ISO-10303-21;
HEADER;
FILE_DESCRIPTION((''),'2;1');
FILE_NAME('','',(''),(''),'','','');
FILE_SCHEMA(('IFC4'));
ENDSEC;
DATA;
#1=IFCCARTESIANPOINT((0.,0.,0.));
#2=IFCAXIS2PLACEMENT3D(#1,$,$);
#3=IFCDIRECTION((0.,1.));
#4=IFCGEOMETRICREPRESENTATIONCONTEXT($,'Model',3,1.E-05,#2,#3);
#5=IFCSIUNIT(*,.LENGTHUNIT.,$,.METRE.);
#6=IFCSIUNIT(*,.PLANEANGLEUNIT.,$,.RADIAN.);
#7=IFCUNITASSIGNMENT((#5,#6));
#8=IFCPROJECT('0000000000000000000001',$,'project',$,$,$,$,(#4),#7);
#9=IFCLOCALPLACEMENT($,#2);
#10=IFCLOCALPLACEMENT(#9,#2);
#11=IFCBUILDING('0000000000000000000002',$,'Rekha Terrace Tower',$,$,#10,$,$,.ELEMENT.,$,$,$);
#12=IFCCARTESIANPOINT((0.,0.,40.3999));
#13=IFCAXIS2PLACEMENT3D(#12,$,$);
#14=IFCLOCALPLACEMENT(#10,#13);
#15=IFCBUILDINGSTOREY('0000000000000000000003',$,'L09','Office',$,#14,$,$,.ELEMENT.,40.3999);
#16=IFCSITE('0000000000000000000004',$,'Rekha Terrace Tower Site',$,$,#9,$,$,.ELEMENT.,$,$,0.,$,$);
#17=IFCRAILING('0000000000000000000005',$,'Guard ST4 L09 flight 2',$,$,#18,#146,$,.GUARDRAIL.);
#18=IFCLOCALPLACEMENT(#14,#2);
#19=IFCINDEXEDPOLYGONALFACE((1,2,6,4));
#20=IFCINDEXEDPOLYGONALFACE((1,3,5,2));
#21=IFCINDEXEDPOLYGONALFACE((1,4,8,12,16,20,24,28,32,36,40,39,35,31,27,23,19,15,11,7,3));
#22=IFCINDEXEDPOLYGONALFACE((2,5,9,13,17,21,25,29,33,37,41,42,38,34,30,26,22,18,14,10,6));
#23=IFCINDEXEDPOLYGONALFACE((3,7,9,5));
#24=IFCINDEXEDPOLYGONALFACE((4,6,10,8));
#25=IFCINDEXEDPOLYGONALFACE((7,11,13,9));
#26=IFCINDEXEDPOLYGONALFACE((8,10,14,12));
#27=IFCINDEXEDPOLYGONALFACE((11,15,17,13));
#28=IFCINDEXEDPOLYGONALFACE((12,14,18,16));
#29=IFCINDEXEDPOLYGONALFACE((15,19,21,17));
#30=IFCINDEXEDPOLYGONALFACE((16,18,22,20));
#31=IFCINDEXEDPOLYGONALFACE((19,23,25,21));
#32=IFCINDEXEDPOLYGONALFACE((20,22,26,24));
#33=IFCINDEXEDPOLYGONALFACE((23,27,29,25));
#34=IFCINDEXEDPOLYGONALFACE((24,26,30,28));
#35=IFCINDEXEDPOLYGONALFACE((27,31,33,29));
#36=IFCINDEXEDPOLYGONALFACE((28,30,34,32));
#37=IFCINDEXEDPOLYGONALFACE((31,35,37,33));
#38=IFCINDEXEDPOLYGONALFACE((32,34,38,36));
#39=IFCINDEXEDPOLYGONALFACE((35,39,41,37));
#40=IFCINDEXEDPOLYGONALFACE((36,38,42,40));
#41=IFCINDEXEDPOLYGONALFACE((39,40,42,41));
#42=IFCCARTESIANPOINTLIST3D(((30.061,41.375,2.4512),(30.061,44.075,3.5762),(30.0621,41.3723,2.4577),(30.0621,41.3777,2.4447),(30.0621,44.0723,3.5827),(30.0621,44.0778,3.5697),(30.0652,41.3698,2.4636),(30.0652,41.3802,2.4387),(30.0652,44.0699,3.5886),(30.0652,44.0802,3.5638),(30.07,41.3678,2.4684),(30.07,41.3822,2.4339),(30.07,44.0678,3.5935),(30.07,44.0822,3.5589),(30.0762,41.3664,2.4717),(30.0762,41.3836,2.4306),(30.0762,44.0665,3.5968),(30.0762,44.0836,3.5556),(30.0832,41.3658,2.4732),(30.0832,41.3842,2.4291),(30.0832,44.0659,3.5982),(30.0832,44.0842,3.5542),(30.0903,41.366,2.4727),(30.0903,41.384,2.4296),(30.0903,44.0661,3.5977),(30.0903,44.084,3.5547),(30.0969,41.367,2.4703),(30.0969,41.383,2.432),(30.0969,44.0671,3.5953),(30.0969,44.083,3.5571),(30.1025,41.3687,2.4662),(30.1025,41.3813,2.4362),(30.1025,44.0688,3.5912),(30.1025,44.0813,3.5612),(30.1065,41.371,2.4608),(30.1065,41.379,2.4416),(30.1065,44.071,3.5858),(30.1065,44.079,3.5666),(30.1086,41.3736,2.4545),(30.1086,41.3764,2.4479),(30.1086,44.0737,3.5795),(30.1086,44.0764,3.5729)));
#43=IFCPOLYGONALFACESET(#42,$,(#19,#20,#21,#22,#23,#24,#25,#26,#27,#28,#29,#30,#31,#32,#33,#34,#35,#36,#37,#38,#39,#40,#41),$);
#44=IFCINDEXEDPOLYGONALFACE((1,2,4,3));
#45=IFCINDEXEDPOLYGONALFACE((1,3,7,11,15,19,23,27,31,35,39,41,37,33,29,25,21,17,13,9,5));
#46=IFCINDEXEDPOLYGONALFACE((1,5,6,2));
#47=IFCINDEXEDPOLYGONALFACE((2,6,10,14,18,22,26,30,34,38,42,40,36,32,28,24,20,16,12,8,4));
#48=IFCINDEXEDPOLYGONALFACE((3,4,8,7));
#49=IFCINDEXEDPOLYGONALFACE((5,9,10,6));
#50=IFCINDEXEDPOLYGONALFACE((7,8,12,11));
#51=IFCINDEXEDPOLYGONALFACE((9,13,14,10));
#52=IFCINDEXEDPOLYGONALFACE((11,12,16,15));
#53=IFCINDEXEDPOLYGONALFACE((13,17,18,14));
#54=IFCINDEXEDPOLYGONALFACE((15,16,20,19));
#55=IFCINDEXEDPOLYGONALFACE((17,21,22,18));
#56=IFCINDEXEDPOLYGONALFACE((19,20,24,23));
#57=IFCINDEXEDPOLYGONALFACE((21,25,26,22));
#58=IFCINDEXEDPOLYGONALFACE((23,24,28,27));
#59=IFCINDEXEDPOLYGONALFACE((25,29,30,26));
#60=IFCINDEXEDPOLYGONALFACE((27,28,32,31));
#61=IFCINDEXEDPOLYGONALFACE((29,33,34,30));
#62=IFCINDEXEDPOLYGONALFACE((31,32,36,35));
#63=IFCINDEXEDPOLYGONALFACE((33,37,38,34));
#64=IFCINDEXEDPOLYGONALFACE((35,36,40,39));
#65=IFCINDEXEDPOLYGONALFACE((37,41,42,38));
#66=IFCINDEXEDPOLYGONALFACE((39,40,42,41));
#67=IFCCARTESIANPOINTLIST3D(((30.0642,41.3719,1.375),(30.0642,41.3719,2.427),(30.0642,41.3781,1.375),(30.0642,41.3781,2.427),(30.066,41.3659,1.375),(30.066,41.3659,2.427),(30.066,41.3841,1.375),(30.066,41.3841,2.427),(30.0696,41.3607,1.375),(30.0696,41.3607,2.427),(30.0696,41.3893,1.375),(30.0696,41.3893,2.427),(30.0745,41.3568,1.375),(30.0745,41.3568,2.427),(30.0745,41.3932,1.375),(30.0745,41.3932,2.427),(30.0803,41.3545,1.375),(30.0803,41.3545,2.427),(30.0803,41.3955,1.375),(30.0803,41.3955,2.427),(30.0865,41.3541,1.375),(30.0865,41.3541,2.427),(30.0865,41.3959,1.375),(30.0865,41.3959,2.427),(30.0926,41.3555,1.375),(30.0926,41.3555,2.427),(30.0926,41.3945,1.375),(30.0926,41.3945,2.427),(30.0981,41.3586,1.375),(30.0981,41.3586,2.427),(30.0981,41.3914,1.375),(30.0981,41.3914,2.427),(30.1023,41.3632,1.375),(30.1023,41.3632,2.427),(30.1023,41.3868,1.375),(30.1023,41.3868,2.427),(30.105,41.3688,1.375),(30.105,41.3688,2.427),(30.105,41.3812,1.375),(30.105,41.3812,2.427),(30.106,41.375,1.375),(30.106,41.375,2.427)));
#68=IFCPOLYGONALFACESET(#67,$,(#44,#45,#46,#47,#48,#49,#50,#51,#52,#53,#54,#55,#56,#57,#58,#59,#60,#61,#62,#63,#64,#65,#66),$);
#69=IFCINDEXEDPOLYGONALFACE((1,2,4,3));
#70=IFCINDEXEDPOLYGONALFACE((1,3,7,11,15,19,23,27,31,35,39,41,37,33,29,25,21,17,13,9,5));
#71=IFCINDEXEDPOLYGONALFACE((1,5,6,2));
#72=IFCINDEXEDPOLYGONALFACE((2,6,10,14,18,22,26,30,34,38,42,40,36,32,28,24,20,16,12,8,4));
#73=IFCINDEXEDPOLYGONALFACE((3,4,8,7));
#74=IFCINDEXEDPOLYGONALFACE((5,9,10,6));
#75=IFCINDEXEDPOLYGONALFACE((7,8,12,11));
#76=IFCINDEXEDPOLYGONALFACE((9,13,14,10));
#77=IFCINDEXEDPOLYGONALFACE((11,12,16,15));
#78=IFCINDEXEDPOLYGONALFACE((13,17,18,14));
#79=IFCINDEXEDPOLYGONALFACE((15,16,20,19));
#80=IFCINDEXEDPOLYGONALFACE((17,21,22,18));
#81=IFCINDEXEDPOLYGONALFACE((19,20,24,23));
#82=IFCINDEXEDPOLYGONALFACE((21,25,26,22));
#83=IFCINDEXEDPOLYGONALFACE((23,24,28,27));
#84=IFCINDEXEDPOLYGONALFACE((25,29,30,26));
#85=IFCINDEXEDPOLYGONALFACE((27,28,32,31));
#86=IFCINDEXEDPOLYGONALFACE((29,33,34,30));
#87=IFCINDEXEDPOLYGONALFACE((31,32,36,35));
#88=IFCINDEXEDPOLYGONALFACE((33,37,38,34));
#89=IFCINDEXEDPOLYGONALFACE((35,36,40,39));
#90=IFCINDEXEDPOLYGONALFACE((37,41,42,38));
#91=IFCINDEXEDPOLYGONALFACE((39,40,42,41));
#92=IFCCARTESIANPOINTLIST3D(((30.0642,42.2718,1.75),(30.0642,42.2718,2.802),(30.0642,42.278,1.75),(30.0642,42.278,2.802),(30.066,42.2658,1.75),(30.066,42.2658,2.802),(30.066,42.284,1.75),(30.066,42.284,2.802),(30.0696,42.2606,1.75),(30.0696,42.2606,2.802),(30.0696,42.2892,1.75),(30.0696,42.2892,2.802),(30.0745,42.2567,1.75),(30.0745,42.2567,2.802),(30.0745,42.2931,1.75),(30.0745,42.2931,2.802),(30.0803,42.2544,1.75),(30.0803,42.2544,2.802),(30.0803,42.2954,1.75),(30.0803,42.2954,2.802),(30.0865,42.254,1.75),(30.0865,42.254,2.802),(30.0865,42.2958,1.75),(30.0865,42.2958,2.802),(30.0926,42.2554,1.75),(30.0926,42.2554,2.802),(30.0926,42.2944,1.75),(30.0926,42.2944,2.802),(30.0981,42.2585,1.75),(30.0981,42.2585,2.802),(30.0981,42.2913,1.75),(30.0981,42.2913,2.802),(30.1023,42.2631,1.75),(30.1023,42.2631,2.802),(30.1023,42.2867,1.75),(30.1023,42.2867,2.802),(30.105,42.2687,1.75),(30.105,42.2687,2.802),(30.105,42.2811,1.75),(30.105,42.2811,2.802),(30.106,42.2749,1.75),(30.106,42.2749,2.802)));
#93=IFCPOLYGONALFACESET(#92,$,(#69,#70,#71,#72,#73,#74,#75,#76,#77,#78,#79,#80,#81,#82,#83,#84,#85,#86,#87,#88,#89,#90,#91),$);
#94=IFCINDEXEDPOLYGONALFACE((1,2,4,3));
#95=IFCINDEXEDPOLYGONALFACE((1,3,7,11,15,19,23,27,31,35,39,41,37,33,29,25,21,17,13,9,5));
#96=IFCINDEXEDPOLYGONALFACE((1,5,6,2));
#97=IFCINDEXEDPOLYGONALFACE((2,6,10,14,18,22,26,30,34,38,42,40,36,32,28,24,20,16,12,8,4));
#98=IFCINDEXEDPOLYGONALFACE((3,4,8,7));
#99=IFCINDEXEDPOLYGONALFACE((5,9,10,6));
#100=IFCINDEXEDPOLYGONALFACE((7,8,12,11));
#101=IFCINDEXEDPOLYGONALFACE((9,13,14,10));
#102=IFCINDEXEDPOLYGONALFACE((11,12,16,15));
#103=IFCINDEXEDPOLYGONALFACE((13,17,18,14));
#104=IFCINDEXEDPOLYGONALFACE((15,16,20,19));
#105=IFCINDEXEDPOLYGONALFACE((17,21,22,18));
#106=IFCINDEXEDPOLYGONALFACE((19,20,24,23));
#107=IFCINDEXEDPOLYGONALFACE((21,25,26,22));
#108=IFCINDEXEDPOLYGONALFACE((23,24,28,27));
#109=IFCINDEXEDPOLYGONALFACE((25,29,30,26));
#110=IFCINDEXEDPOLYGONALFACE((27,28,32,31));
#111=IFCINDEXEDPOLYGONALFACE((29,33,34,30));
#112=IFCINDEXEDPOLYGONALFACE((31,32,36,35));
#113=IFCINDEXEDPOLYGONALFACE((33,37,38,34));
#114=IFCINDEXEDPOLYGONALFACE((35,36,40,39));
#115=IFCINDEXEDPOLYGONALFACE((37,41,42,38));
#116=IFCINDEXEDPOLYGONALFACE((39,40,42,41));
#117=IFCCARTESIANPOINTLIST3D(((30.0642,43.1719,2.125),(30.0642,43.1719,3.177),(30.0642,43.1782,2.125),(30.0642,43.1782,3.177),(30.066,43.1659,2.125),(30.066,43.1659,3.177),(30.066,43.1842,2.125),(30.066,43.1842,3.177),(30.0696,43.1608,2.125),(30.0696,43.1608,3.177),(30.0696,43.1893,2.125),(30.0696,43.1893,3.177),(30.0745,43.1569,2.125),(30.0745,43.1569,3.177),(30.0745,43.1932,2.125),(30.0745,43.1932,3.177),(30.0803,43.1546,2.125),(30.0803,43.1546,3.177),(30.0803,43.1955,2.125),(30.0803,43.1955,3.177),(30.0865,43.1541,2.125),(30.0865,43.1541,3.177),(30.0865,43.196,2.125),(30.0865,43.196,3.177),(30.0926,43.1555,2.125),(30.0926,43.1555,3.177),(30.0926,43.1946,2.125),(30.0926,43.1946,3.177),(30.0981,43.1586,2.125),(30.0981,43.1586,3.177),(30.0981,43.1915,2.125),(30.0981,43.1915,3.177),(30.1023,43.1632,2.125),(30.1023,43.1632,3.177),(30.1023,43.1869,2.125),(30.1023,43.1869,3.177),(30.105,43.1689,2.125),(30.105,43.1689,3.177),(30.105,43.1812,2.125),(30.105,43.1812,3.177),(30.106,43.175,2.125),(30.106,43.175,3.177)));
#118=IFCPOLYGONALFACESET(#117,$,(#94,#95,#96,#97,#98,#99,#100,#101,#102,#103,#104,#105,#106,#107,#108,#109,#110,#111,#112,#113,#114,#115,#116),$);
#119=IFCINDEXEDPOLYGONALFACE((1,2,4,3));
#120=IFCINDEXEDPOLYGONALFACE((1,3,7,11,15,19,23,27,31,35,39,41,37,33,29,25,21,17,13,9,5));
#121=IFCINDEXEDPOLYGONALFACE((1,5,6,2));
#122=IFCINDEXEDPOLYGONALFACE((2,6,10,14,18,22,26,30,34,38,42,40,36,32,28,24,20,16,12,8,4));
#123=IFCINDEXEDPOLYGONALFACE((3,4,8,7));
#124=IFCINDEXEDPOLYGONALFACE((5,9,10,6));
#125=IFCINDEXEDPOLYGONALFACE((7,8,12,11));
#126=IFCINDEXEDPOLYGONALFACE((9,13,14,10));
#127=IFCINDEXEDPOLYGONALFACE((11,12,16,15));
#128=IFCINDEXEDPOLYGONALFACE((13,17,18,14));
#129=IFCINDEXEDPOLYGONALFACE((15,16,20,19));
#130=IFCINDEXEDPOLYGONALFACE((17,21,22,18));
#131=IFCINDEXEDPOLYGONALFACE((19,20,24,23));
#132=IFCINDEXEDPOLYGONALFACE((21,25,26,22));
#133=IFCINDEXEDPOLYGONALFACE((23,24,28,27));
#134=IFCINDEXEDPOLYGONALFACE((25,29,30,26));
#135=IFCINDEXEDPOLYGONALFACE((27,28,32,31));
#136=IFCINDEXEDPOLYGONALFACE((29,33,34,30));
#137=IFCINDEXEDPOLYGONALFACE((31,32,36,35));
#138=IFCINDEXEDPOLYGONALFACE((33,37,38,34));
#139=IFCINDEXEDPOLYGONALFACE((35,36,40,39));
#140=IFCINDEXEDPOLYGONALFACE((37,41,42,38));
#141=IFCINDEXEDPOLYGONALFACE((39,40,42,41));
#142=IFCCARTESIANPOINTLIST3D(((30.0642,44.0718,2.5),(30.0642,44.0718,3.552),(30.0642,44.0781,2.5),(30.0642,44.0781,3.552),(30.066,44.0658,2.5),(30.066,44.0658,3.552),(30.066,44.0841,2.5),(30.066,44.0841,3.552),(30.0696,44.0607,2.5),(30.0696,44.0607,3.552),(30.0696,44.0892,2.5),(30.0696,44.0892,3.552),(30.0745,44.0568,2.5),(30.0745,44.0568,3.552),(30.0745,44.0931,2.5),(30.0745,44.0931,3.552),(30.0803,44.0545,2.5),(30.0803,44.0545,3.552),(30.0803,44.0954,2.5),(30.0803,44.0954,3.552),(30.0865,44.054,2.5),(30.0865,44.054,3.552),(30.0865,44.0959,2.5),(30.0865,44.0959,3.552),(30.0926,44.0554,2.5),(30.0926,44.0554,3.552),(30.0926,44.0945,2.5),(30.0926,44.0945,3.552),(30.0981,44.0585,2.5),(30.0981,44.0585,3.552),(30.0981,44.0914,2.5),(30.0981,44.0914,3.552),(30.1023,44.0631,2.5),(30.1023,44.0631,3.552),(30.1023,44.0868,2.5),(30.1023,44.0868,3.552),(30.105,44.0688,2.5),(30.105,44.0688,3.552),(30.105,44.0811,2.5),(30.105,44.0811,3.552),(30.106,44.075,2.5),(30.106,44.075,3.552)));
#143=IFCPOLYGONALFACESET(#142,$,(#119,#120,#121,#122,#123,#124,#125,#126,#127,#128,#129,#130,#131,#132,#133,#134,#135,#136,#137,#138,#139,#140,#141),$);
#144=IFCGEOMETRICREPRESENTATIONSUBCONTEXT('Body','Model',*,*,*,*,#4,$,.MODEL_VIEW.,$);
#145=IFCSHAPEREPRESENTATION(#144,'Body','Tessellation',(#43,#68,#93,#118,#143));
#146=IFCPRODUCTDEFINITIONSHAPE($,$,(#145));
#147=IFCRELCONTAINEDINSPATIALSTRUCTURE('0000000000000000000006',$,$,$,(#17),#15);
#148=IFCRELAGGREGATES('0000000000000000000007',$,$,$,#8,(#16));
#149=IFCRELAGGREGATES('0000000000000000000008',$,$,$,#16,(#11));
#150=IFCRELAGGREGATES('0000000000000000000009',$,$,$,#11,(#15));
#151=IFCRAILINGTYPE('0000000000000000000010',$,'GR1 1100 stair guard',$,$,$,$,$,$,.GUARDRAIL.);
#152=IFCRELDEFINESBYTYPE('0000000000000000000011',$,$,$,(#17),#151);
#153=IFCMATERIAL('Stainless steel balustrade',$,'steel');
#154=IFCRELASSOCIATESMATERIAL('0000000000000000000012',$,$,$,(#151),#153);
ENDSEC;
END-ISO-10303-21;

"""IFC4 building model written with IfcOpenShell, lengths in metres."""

from ifc_helpers import new_model, si_unit, direction, frame, origin, origin_2d, place, context, subcontext, project, spatial, circle, extrude, material, type_object, element, save


model = new_model("IFC4")

# Units and contexts
model_context = context("Model", 3, precision=1e-05, world=origin(), true_north=direction((0.0, 1.0)))
body_context = subcontext(model_context, "Body", "Model", "MODEL_VIEW")
ifc_project = project(units=[si_unit("LENGTHUNIT", "METRE"), si_unit("PLANEANGLEUNIT", "RADIAN")], contexts=[model_context])

# Site, building, storey
site_placement = place(None, origin())
site = spatial("IfcSite", under=ifc_project, at=site_placement, Name="Rekha Terrace Tower Site", CompositionType="ELEMENT", RefElevation=0.0)
building_placement = place(site_placement, origin())
building = spatial("IfcBuilding", under=site, at=building_placement, Name="Rekha Terrace Tower", CompositionType="ELEMENT")
storey_placement = place(building_placement, frame((0.0, 0.0, 40.3999)))
storey = spatial("IfcBuildingStorey", under=building, at=storey_placement, Name="L09", Description="Office", CompositionType="ELEMENT", Elevation=40.3999)

# Railing
ifc_material_1 = material(Name="Stainless steel balustrade", Category="steel")
railing_type_1 = type_object("IfcRailingType", Name="GR1 1100 stair guard", PredefinedType="GUARDRAIL", material=ifc_material_1)
railing_1_placement = place(storey_placement, frame((30.085, 41.375, 1.375)))
element("IfcRailing", 1, at=railing_1_placement, inside=storey, type_object=railing_type_1, Name="Guard ST4 L09 flight 2", PredefinedType="GUARDRAIL", context=body_context, shape_type="SweptSolid", body=[
    extrude(circle(Radius=0.0239, at=origin_2d()), frame((0.0, 0.0, 1.0762), z_axis=(0.0, 0.923074, 0.384621), x_axis=(-1.0, 0.0, 0.0)), (0.0, 0.0, 1.0), 2.925),
    extrude(circle(Radius=0.021, at=origin_2d()), origin(), (0.0, 0.0, 1.0), 1.052),
    extrude(circle(Radius=0.021, at=origin_2d()), frame((0.0, 0.8999, 0.375)), (0.0, 0.0, 1.0), 1.052),
    extrude(circle(Radius=0.021, at=origin_2d()), frame((0.0, 1.8, 0.75)), (0.0, 0.0, 1.0), 1.052),
    extrude(circle(Radius=0.021, at=origin_2d()), frame((0.0, 2.7, 1.125)), (0.0, 0.0, 1.0), 1.052),
])

save(model, "model.ifc")
